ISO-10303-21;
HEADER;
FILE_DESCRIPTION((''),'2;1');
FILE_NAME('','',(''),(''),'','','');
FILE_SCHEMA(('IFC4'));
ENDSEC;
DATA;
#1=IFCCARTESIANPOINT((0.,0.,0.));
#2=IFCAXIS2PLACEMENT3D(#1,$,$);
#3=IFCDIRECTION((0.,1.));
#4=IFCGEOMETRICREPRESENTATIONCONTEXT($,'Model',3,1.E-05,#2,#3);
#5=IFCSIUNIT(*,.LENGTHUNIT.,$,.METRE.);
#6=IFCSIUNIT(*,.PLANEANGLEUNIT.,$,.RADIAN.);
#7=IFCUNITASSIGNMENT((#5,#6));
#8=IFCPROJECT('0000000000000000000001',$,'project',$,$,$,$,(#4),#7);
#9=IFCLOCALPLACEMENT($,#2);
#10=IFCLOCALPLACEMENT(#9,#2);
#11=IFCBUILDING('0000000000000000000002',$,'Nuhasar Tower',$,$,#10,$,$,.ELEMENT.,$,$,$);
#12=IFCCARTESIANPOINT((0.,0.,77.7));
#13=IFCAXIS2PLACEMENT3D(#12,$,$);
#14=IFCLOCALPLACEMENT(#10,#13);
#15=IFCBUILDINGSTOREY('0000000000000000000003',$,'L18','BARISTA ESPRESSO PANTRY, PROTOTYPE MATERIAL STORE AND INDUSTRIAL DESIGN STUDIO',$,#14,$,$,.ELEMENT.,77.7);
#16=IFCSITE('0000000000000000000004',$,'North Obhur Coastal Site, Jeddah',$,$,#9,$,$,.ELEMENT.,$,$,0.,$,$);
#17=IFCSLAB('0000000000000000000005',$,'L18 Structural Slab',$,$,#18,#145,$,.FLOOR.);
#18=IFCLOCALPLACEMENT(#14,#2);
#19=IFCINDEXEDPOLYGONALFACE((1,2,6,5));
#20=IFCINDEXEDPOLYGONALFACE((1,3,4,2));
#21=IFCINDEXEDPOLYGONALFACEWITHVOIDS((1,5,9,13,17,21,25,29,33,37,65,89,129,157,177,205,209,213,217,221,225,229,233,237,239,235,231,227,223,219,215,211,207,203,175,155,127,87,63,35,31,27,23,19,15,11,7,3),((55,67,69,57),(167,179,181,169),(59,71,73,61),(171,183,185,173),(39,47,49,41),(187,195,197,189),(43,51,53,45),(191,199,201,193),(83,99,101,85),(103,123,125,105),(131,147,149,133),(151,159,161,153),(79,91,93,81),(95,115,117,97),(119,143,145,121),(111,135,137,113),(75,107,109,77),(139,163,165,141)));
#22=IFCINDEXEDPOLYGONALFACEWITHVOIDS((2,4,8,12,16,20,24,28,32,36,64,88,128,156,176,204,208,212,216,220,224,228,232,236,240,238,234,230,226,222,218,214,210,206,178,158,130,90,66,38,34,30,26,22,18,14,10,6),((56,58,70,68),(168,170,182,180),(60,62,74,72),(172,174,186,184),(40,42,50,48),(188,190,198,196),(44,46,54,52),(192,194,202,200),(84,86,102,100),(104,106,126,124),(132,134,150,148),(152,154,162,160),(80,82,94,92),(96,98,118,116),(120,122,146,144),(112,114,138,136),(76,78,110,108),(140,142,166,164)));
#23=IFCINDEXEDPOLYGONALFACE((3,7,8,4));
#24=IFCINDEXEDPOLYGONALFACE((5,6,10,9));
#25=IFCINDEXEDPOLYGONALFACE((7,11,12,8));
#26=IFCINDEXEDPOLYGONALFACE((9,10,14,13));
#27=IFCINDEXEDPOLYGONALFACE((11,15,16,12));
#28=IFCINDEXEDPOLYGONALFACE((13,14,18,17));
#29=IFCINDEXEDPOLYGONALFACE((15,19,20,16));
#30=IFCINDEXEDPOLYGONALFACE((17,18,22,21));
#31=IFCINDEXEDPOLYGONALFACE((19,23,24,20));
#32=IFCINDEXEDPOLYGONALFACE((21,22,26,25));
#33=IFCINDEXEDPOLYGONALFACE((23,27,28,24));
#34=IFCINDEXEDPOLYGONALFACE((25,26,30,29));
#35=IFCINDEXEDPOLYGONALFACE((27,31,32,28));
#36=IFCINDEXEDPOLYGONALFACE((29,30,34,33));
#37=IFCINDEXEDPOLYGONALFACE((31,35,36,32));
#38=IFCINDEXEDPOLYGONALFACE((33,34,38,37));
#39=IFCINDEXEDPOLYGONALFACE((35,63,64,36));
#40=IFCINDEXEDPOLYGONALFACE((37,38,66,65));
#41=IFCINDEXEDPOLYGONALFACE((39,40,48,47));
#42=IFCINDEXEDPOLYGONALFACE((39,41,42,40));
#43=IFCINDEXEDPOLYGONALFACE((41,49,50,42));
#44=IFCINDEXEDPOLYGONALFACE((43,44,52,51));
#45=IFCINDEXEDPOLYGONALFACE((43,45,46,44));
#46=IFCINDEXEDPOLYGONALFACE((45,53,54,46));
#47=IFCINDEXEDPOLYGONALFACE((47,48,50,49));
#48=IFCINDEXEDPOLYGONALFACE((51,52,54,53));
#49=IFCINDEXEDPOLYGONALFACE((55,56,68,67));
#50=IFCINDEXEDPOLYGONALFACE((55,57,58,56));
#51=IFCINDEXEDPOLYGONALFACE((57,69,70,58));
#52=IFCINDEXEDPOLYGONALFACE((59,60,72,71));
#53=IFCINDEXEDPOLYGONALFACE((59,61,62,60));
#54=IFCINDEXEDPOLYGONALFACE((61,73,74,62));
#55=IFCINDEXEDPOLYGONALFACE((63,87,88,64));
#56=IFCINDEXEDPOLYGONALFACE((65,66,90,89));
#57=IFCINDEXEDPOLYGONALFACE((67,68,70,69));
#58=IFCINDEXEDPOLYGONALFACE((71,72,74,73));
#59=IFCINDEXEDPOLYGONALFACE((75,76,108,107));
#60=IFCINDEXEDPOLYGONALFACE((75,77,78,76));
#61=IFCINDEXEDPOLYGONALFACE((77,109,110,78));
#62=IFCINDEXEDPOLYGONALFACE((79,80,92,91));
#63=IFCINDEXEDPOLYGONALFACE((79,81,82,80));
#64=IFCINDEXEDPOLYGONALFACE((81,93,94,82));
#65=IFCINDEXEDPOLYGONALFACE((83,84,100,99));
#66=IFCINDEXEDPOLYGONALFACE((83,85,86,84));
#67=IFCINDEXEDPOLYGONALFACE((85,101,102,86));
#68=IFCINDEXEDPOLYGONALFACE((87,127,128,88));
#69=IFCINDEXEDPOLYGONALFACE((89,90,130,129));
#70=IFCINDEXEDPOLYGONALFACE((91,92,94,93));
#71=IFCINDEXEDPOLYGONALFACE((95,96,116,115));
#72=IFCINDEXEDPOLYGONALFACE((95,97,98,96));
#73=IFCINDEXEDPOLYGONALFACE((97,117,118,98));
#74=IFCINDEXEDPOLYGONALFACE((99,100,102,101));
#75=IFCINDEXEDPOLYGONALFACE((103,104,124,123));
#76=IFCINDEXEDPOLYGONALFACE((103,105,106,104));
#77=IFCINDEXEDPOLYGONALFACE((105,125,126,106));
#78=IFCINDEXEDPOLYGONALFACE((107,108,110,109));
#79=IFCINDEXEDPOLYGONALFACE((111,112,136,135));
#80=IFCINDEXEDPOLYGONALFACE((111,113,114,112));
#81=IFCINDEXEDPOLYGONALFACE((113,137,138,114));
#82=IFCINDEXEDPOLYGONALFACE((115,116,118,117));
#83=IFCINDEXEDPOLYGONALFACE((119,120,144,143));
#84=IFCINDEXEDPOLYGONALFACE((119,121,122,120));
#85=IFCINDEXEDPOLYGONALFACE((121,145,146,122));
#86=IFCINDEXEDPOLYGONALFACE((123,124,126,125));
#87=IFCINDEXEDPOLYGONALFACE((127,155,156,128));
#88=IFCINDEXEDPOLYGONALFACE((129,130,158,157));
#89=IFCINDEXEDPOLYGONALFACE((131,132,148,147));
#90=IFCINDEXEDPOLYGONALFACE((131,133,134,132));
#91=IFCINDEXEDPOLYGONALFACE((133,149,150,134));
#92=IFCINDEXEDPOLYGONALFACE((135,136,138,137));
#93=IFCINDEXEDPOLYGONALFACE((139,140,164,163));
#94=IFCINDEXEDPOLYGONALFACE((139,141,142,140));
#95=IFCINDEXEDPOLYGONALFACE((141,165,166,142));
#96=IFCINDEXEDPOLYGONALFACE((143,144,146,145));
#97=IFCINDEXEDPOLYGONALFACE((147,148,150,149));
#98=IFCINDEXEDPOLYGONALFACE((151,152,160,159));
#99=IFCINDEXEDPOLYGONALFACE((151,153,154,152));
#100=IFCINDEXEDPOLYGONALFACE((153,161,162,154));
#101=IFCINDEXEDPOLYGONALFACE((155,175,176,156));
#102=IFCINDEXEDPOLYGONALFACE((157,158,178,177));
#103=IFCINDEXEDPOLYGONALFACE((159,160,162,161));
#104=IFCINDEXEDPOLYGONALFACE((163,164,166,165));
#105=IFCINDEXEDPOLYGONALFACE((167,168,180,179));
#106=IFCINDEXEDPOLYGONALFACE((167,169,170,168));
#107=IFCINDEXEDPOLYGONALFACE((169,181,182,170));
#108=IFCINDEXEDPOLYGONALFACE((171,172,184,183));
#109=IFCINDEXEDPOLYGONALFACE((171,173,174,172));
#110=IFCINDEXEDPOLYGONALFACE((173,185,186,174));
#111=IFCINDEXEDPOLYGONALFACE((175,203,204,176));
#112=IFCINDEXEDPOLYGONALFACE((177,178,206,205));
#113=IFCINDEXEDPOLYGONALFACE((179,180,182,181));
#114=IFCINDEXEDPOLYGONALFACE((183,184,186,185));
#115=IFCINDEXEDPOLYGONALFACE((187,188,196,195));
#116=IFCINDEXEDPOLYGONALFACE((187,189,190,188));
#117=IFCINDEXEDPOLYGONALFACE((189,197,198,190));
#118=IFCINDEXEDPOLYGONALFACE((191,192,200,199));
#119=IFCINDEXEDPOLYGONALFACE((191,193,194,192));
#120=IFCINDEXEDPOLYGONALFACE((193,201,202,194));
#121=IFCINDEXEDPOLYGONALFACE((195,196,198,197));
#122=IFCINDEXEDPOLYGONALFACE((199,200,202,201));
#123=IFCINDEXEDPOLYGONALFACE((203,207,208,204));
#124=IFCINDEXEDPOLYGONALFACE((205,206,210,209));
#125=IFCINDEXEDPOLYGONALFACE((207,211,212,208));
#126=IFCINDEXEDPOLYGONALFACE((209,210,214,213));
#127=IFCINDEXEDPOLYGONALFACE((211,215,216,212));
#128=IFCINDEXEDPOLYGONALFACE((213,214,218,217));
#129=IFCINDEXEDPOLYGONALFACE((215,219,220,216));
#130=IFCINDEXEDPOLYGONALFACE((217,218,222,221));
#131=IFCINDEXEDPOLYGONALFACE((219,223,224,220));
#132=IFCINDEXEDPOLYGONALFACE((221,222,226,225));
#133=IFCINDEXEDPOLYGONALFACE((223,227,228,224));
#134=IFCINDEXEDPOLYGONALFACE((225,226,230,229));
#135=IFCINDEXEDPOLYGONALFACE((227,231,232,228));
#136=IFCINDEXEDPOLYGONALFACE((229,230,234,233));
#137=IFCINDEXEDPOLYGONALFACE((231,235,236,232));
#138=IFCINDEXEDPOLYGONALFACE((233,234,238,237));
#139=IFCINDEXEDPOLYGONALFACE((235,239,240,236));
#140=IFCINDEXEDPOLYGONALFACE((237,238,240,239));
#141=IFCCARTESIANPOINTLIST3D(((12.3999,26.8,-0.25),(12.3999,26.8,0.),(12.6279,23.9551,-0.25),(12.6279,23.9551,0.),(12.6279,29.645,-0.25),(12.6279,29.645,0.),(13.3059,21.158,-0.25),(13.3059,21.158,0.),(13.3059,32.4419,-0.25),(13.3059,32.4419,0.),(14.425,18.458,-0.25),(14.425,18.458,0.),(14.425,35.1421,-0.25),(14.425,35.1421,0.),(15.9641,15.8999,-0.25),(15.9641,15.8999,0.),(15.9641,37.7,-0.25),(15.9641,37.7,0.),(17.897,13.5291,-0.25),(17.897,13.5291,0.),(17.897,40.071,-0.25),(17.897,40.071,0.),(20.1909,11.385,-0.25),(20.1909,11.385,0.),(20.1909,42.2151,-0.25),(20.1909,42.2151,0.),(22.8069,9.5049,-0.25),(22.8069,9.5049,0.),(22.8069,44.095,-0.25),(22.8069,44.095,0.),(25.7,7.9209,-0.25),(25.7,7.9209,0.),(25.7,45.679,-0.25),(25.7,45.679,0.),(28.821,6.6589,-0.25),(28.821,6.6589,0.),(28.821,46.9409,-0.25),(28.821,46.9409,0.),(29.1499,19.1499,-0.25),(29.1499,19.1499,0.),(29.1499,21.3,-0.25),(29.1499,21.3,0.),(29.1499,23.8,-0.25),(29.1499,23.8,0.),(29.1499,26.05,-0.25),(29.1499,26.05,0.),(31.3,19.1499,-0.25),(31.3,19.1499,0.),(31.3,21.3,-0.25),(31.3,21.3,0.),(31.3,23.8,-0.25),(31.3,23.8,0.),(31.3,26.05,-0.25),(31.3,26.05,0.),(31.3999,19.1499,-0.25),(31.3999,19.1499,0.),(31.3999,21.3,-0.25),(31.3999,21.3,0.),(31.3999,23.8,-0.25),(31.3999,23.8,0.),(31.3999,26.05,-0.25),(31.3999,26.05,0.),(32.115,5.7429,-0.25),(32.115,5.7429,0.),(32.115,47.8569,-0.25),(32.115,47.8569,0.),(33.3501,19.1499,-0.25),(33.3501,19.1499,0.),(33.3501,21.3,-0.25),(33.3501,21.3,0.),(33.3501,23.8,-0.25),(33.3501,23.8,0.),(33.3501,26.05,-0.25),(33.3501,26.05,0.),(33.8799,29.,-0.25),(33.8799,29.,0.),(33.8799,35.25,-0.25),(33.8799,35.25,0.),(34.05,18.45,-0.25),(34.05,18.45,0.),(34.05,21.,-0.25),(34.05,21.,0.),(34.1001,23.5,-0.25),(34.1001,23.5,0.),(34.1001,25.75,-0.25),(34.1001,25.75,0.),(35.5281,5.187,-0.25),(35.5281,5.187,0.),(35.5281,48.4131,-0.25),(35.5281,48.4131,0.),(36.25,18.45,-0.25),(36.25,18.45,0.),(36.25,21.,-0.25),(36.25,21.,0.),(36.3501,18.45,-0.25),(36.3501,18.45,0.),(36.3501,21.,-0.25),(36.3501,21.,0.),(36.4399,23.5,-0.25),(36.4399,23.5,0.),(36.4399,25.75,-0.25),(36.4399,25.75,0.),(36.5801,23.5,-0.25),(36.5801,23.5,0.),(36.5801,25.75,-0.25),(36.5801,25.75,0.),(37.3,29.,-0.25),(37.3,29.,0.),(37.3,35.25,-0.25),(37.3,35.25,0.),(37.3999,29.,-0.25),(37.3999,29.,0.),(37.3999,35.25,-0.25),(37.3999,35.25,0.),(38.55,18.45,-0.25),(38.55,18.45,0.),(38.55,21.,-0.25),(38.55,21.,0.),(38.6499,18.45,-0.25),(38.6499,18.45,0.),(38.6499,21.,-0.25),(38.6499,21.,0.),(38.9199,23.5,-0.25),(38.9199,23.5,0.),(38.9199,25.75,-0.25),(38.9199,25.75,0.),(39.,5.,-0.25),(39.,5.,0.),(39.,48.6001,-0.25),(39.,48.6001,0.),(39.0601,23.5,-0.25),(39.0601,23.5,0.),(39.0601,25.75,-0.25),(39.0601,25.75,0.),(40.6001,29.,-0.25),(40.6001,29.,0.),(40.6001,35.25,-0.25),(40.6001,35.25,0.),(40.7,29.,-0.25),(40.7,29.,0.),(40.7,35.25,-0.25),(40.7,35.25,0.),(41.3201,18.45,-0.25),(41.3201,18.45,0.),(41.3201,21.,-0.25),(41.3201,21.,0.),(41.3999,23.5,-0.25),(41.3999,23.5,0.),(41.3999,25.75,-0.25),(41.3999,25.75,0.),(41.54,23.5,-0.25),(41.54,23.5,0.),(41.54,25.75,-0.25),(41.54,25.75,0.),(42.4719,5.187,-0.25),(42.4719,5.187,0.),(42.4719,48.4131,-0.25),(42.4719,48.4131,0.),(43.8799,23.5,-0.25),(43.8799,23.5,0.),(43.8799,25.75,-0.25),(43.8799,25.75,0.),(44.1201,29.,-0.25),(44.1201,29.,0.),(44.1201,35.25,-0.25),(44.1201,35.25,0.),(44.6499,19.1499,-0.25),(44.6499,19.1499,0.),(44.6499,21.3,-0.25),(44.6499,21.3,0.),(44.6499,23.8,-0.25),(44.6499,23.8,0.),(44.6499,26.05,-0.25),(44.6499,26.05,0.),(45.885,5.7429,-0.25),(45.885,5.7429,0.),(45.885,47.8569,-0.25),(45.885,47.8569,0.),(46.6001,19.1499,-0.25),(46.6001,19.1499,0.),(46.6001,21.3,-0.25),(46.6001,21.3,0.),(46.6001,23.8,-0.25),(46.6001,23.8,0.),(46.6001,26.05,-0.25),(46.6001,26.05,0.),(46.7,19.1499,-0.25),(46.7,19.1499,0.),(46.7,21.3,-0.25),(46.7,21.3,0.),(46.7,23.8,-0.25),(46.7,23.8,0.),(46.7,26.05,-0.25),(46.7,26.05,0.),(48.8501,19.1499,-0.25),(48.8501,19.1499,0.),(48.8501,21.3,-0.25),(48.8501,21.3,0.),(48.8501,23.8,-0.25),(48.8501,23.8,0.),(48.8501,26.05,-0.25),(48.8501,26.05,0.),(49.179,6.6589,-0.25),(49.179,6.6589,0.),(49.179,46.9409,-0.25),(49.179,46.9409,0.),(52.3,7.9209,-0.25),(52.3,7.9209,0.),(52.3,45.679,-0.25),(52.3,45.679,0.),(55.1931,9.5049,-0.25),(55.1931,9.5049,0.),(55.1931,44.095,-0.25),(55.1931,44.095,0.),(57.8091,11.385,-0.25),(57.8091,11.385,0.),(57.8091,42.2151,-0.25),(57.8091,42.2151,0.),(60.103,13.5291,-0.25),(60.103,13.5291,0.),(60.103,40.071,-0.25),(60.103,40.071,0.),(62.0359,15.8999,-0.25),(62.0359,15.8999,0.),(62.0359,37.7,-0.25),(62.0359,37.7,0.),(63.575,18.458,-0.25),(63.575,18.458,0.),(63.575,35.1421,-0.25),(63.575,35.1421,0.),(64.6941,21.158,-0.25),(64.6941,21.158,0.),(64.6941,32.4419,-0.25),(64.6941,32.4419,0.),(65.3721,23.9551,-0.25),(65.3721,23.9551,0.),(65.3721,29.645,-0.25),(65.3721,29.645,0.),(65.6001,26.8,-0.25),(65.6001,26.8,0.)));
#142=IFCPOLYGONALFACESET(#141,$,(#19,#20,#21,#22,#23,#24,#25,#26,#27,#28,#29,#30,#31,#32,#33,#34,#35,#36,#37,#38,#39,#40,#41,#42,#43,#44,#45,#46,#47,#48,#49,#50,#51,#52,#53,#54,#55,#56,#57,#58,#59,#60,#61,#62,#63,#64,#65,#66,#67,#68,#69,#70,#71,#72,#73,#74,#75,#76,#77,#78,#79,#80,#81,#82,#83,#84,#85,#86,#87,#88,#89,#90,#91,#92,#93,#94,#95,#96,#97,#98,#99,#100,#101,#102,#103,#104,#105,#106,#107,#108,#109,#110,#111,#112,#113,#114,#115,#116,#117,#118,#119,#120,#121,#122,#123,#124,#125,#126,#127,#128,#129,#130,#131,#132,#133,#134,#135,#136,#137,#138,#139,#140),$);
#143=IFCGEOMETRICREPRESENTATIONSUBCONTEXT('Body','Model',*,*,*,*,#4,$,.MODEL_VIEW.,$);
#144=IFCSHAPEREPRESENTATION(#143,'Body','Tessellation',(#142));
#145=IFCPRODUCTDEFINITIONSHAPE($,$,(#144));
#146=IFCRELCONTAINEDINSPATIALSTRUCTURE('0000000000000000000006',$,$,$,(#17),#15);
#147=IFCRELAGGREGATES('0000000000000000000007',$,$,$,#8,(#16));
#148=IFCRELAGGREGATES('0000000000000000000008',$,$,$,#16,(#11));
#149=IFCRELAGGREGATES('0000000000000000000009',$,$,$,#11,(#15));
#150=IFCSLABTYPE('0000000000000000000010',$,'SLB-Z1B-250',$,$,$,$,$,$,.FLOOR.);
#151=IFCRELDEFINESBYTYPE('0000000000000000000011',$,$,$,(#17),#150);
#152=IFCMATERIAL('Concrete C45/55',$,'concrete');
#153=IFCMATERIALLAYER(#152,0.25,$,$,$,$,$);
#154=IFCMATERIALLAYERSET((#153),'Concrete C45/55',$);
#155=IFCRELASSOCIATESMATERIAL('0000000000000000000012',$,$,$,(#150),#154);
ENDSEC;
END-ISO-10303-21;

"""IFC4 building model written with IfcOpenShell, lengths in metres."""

from ifc_helpers import new_model, si_unit, direction, frame, origin, place, context, subcontext, project, spatial, polyline, outline, extrude, material, layer, layer_set, type_object, element, save


model = new_model("IFC4")

# Units and contexts
model_context = context("Model", 3, precision=1e-05, world=origin(), true_north=direction((0.0, 1.0)))
body_context = subcontext(model_context, "Body", "Model", "MODEL_VIEW")
ifc_project = project(units=[si_unit("LENGTHUNIT", "METRE"), si_unit("PLANEANGLEUNIT", "RADIAN")], contexts=[model_context])

# Site, building, storey
site_placement = place(None, origin())
site = spatial("IfcSite", under=ifc_project, at=site_placement, Name="North Obhur Coastal Site, Jeddah", CompositionType="ELEMENT", RefElevation=0.0)
building_placement = place(site_placement, origin())
building = spatial("IfcBuilding", under=site, at=building_placement, Name="Nuhasar Tower", CompositionType="ELEMENT")
storey_placement = place(building_placement, frame((0.0, 0.0, 77.7)))
storey = spatial("IfcBuildingStorey", under=building, at=storey_placement, Name="L18", Description="BARISTA ESPRESSO PANTRY, PROTOTYPE MATERIAL STORE AND INDUSTRIAL DESIGN STUDIO", CompositionType="ELEMENT", Elevation=77.7)

# Shared definitions
ifc_material_1 = material(Name="Concrete C45/55", Category="concrete")

# Slab
ifc_layer_1 = layer(ifc_material_1, 0.25)
ifc_layer_set_1 = layer_set([ifc_layer_1], Name="Concrete C45/55")
slab_type_1 = type_object("IfcSlabType", Name="SLB-Z1B-250", PredefinedType="FLOOR", material=ifc_layer_set_1)
slab_1_placement = place(storey_placement, frame((0.0, 0.0, -0.25)))
element("IfcSlab", 1, at=slab_1_placement, inside=storey, type_object=slab_type_1, Name="L18 Structural Slab", PredefinedType="FLOOR", context=body_context, shape_type="SweptSolid", body=[
    extrude(outline(polyline([(65.6001, 26.8), (65.3721, 29.645), (64.6941, 32.4419), (63.575, 35.1421), (62.0359, 37.7), (60.103, 40.071), (57.8091, 42.2151), (55.1931, 44.095), (52.3, 45.679), (49.179, 46.9409), (45.885, 47.8569), (42.4719, 48.4131), (39.0, 48.6001), (35.5281, 48.4131), (32.115, 47.8569), (28.821, 46.9409), (25.7, 45.679), (22.8069, 44.095), (20.1909, 42.2151), (17.897, 40.071), (15.9641, 37.7), (14.425, 35.1421), (13.3059, 32.4419), (12.6279, 29.645), (12.3999, 26.8), (12.6279, 23.9551), (13.3059, 21.158), (14.425, 18.458), (15.9641, 15.8999), (17.897, 13.5291), (20.1909, 11.385), (22.8069, 9.5049), (25.7, 7.9209), (28.821, 6.6589), (32.115, 5.7429), (35.5281, 5.187), (39.0, 5.0), (42.4719, 5.187), (45.885, 5.7429), (49.179, 6.6589), (52.3, 7.9209), (55.1931, 9.5049), (57.8091, 11.385), (60.103, 13.5291), (62.0359, 15.8999), (63.575, 18.458), (64.6941, 21.158), (65.3721, 23.9551), (65.6001, 26.8)]), holes=[polyline([(33.8799, 35.25), (37.3, 35.25), (37.3, 29.0), (33.8799, 29.0), (33.8799, 35.25)]), polyline([(37.3999, 35.25), (40.6001, 35.25), (40.6001, 29.0), (37.3999, 29.0), (37.3999, 35.25)]), polyline([(40.7, 35.25), (44.1201, 35.25), (44.1201, 29.0), (40.7, 29.0), (40.7, 35.25)]), polyline([(29.1499, 26.05), (31.3, 26.05), (31.3, 23.8), (29.1499, 23.8), (29.1499, 26.05)]), polyline([(31.3999, 26.05), (33.3501, 26.05), (33.3501, 23.8), (31.3999, 23.8), (31.3999, 26.05)]), polyline([(29.1499, 21.3), (31.3, 21.3), (31.3, 19.1499), (29.1499, 19.1499), (29.1499, 21.3)]), polyline([(31.3999, 21.3), (33.3501, 21.3), (33.3501, 19.1499), (31.3999, 19.1499), (31.3999, 21.3)]), polyline([(44.6499, 26.05), (46.6001, 26.05), (46.6001, 23.8), (44.6499, 23.8), (44.6499, 26.05)]), polyline([(46.7, 26.05), (48.8501, 26.05), (48.8501, 23.8), (46.7, 23.8), (46.7, 26.05)]), polyline([(44.6499, 21.3), (46.6001, 21.3), (46.6001, 19.1499), (44.6499, 19.1499), (44.6499, 21.3)]), polyline([(46.7, 21.3), (48.8501, 21.3), (48.8501, 19.1499), (46.7, 19.1499), (46.7, 21.3)]), polyline([(34.1001, 25.75), (36.4399, 25.75), (36.4399, 23.5), (34.1001, 23.5), (34.1001, 25.75)]), polyline([(36.5801, 25.75), (38.9199, 25.75), (38.9199, 23.5), (36.5801, 23.5), (36.5801, 25.75)]), polyline([(39.0601, 25.75), (41.3999, 25.75), (41.3999, 23.5), (39.0601, 23.5), (39.0601, 25.75)]), polyline([(41.54, 25.75), (43.8799, 25.75), (43.8799, 23.5), (41.54, 23.5), (41.54, 25.75)]), polyline([(34.05, 21.0), (36.25, 21.0), (36.25, 18.45), (34.05, 18.45), (34.05, 21.0)]), polyline([(36.3501, 21.0), (38.55, 21.0), (38.55, 18.45), (36.3501, 18.45), (36.3501, 21.0)]), polyline([(38.6499, 21.0), (41.3201, 21.0), (41.3201, 18.45), (38.6499, 18.45), (38.6499, 21.0)])]), origin(), (0.0, 0.0, 1.0), 0.25),
])

save(model, "model.ifc")
